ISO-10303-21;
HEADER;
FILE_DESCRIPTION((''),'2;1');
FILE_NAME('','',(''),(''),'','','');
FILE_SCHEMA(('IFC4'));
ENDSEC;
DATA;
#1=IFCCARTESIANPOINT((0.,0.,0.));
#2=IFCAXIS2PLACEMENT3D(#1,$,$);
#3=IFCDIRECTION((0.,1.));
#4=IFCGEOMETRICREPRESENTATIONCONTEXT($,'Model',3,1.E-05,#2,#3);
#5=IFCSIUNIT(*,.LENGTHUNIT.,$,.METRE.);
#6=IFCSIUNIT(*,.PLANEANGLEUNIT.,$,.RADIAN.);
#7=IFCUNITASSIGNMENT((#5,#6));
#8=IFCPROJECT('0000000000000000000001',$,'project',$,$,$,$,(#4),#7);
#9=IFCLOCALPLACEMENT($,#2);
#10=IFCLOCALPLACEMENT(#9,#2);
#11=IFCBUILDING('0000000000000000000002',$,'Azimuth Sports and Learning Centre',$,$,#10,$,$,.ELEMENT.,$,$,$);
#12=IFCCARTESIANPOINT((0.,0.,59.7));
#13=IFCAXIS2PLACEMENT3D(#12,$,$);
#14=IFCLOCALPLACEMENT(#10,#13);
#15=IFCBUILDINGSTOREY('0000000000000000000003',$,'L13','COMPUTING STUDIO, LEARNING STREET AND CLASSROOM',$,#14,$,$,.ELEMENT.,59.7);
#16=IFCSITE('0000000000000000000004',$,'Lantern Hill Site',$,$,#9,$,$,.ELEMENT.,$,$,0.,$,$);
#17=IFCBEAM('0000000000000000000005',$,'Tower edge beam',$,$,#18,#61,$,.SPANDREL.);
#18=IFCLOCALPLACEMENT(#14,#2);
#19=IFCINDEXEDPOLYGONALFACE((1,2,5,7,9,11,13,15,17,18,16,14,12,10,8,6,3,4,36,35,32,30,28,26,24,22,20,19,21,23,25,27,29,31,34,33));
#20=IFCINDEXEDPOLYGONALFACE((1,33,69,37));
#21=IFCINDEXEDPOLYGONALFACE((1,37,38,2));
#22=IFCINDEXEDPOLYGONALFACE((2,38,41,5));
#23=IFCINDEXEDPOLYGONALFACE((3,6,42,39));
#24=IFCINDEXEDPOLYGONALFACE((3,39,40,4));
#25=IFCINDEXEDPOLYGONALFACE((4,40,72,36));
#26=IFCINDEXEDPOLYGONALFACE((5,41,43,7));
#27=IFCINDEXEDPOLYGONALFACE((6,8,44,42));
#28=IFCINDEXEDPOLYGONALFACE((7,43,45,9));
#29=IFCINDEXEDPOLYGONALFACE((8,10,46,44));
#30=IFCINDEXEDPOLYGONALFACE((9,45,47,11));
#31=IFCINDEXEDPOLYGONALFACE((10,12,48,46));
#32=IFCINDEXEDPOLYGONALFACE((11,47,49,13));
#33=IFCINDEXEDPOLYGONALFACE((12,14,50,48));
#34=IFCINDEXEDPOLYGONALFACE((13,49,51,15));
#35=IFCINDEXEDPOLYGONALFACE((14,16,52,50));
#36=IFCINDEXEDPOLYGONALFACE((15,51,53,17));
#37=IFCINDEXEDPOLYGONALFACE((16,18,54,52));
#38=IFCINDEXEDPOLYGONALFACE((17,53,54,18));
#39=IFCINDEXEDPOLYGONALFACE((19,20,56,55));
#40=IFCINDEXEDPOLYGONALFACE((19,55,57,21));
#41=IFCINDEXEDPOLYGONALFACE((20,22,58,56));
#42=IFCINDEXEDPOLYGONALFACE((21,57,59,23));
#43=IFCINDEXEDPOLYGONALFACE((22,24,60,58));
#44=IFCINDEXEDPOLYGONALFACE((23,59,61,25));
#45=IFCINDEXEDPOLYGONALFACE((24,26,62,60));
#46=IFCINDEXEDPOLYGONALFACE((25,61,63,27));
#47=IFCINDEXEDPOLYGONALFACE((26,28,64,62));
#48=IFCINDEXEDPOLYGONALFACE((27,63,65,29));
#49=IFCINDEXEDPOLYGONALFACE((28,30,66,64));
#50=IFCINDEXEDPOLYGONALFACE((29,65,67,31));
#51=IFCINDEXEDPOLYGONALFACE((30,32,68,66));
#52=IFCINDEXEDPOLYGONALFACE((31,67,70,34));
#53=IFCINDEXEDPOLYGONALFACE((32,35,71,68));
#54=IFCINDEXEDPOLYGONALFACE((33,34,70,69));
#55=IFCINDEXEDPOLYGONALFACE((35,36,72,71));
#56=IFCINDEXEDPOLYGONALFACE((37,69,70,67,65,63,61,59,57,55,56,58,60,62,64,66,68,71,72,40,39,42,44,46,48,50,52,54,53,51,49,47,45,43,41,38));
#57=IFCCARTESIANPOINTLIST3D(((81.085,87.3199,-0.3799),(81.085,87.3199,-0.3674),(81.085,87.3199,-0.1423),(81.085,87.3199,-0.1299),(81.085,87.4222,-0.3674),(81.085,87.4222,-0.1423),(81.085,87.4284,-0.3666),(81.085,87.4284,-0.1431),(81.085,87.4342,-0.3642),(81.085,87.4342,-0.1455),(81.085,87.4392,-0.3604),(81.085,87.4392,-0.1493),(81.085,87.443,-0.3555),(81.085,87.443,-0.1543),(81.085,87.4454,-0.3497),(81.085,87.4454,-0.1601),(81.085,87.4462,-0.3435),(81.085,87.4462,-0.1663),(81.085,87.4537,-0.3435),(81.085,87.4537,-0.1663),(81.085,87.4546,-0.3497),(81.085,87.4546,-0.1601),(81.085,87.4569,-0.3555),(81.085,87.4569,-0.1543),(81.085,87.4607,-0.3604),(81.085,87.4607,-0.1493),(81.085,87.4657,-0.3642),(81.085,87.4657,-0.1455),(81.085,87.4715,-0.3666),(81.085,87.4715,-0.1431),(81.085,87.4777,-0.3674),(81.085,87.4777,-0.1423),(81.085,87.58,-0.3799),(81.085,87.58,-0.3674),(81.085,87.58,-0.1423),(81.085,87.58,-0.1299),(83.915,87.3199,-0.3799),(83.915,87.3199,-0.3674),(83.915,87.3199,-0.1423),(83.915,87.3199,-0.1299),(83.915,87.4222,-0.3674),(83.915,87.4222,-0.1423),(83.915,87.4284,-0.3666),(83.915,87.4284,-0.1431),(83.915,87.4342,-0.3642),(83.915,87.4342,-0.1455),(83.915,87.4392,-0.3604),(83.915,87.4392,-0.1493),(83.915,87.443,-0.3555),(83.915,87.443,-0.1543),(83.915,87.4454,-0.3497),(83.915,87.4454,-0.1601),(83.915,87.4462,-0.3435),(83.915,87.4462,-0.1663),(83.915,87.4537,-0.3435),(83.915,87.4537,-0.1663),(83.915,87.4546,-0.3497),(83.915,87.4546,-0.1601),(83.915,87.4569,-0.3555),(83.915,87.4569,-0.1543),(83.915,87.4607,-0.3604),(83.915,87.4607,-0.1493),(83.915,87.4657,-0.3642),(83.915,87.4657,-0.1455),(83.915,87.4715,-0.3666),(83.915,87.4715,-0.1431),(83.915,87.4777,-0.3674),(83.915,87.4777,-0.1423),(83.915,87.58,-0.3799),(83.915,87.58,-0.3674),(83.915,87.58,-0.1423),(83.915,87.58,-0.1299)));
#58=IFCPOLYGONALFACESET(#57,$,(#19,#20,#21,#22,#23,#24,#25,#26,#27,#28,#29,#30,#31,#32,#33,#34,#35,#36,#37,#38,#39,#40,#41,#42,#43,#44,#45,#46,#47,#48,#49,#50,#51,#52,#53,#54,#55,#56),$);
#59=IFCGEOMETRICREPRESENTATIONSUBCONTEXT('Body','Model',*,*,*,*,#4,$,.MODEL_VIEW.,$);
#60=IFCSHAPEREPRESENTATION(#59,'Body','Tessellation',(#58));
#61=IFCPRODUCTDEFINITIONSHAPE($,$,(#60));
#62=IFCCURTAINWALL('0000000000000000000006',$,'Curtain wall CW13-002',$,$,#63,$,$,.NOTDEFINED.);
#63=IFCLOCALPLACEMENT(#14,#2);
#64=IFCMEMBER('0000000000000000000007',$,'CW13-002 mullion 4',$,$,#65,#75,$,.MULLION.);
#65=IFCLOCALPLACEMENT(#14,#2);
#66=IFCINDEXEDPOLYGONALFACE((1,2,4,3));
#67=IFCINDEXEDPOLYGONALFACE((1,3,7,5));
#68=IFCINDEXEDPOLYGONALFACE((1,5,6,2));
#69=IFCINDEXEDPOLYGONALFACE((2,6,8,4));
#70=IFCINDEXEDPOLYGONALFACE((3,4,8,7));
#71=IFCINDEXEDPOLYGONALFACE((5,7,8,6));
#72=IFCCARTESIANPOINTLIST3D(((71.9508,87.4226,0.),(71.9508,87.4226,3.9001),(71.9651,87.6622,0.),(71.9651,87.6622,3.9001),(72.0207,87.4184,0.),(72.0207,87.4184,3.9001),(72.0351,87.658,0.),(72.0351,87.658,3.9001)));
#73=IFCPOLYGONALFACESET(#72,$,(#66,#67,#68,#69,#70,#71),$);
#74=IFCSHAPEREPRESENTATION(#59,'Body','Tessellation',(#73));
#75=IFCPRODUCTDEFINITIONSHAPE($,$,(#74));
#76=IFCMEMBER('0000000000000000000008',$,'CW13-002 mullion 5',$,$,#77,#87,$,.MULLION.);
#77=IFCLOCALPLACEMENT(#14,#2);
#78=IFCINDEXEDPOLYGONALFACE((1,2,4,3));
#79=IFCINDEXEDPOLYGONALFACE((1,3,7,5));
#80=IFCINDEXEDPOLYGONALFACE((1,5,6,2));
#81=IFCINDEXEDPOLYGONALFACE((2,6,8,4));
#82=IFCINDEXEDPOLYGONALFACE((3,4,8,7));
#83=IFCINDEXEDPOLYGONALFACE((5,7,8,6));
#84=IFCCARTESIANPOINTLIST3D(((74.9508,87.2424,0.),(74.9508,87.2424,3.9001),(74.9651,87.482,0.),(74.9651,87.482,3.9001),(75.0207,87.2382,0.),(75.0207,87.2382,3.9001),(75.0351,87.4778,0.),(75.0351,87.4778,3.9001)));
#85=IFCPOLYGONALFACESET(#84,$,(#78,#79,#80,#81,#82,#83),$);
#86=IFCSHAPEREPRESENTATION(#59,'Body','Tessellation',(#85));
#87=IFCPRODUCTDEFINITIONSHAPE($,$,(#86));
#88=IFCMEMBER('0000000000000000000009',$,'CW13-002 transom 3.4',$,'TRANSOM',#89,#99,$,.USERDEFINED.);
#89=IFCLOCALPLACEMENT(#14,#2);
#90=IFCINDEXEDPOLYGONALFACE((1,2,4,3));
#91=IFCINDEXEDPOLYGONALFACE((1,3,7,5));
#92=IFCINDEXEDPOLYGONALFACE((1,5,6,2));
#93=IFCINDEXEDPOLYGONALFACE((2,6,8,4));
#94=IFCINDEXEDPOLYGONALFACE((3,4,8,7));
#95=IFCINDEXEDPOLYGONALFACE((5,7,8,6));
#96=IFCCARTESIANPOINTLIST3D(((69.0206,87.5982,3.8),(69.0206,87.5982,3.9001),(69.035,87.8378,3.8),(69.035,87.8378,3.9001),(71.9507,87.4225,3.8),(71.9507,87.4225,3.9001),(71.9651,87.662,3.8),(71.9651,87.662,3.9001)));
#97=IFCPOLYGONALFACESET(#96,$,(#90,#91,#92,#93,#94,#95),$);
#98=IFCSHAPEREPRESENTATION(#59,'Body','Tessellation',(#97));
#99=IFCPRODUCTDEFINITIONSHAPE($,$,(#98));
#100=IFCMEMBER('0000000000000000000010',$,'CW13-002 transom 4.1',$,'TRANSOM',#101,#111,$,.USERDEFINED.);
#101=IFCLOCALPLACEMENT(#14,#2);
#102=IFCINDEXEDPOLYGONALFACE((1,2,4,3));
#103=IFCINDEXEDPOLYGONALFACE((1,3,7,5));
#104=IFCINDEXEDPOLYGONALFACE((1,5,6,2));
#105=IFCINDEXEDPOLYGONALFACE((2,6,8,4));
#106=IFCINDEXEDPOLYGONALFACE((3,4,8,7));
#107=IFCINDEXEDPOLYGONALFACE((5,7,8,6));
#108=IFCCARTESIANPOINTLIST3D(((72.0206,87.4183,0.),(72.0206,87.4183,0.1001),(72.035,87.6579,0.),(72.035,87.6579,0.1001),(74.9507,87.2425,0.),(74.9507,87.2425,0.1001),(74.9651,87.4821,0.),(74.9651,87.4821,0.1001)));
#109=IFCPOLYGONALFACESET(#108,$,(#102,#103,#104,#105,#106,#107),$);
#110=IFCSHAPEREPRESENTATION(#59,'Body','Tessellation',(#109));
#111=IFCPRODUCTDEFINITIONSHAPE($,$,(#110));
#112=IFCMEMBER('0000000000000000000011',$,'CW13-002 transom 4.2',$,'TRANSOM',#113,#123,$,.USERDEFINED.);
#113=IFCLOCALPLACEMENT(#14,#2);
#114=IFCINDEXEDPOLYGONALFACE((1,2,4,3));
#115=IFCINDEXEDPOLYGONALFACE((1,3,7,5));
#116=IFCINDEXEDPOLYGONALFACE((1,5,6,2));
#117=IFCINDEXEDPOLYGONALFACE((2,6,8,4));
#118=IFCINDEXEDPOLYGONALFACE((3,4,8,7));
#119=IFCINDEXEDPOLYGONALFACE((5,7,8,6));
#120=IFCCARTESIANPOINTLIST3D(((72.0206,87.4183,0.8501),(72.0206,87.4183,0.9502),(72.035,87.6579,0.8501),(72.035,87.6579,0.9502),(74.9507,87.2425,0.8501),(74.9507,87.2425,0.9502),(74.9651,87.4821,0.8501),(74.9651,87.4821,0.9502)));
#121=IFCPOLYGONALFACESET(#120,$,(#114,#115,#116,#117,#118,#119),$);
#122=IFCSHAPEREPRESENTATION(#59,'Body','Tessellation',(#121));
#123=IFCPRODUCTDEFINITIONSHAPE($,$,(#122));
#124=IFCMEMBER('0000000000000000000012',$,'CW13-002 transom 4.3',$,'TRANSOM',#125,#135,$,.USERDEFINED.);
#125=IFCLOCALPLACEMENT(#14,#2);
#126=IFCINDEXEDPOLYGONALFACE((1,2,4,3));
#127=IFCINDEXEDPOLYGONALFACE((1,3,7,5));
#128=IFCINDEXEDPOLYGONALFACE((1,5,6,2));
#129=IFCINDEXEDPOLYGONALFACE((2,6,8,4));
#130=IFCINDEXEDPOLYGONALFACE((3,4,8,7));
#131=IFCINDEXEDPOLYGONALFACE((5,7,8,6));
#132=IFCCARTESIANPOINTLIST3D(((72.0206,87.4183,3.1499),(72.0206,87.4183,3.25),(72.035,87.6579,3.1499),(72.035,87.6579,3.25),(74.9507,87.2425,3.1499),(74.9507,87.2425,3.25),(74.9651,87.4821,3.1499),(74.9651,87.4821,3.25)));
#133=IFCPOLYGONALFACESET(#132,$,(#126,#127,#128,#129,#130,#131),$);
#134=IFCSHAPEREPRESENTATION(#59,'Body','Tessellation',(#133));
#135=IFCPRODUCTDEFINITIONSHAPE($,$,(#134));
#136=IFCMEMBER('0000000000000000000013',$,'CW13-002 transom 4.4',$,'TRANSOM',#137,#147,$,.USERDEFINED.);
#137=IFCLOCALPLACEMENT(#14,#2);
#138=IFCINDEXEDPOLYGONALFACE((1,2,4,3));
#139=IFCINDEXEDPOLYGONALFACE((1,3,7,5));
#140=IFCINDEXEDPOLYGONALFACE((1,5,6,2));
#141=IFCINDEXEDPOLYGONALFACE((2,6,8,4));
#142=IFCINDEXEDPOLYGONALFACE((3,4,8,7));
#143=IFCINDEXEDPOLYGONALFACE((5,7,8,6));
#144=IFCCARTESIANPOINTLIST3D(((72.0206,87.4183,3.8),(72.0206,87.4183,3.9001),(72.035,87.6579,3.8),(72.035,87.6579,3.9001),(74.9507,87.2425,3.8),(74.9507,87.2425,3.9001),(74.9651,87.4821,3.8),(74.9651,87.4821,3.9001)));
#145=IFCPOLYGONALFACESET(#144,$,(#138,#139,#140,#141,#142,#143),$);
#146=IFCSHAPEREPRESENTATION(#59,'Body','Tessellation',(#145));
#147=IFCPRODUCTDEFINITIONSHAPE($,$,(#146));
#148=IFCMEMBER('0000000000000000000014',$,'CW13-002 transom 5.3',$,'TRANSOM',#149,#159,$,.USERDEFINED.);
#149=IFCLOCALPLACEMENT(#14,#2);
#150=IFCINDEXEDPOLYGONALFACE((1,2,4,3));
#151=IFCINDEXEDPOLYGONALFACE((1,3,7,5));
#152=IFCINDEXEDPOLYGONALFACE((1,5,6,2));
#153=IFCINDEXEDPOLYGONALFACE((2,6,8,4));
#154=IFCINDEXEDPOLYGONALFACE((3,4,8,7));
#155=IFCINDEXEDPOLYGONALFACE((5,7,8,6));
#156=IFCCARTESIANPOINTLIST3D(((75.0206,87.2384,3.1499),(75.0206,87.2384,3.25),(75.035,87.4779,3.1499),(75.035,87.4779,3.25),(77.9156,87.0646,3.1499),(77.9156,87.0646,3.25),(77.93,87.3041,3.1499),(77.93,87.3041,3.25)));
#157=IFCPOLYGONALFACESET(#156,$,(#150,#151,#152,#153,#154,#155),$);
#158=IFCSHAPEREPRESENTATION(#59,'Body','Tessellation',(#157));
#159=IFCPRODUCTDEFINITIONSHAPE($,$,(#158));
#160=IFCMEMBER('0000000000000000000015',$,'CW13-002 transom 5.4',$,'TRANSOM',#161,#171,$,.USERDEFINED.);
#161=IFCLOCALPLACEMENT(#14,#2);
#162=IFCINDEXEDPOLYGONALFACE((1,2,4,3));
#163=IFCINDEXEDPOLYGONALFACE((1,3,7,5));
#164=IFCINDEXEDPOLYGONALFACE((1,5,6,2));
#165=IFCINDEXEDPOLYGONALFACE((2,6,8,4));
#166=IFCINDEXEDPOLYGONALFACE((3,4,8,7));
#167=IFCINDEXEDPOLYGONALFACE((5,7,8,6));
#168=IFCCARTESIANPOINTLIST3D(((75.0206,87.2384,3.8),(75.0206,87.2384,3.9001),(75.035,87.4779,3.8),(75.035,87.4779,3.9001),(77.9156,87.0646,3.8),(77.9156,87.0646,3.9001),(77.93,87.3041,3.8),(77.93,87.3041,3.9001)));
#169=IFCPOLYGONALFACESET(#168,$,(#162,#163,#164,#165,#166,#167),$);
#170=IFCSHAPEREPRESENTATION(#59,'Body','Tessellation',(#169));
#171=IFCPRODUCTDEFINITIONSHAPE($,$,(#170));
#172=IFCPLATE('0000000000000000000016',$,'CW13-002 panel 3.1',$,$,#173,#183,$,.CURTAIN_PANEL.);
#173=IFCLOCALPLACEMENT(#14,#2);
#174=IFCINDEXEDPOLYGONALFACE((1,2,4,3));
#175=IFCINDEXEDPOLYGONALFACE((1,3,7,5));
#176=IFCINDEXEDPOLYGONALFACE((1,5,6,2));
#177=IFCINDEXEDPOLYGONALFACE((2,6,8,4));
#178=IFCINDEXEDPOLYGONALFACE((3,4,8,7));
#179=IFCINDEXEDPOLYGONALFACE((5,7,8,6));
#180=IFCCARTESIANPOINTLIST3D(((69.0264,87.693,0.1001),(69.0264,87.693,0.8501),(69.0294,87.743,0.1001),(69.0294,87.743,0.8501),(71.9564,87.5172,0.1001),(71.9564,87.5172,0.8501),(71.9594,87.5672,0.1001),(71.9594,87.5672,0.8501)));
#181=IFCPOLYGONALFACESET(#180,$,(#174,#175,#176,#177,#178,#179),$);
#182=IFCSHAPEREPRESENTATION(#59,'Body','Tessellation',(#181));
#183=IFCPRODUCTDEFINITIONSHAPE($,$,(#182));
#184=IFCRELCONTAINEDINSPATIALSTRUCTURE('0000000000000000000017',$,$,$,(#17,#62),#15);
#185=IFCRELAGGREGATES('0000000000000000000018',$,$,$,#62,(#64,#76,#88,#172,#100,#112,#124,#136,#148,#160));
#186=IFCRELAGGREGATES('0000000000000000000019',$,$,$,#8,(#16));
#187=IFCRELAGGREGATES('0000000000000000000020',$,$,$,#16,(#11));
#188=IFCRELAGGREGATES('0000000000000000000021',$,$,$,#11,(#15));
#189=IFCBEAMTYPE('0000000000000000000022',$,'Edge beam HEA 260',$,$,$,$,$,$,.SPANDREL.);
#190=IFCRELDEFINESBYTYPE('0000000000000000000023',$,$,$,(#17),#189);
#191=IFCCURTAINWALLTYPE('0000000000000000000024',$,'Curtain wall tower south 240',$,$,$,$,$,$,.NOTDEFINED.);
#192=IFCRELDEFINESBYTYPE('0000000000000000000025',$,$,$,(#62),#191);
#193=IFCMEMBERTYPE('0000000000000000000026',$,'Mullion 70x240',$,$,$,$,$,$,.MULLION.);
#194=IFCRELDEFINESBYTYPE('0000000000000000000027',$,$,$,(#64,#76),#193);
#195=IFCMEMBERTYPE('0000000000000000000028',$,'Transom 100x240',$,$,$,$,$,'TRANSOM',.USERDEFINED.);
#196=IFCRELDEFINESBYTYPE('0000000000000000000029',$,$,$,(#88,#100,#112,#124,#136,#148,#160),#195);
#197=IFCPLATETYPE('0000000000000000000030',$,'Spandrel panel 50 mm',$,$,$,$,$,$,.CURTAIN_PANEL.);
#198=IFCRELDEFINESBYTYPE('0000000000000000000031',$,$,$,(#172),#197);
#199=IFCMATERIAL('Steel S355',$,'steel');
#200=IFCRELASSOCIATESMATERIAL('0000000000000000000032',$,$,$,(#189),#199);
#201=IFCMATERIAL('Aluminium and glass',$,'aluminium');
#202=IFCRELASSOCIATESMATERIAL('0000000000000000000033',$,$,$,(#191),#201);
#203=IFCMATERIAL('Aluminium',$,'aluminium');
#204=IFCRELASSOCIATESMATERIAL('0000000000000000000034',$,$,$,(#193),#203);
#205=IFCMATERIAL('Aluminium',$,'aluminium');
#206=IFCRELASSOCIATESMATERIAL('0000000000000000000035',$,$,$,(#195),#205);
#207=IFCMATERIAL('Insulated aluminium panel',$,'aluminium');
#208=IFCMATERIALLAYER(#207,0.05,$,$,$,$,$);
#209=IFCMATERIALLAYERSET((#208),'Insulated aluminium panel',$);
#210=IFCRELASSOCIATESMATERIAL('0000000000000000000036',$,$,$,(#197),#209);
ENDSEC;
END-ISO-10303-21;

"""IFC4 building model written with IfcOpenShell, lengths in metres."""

from ifc_helpers import new_model, si_unit, direction, frame, origin, origin_2d, place, context, subcontext, project, spatial, rectangle, i_section, extrude, material, layer, layer_set, material_profile, profile_set, type_object, element, aggregate, save


model = new_model("IFC4")

# Units and contexts
model_context = context("Model", 3, precision=1e-05, world=origin(), true_north=direction((0.0, 1.0)))
body_context = subcontext(model_context, "Body", "Model", "MODEL_VIEW")
ifc_project = project(units=[si_unit("LENGTHUNIT", "METRE"), si_unit("PLANEANGLEUNIT", "RADIAN")], contexts=[model_context])

# Site, building, storey
site_placement = place(None, origin())
site = spatial("IfcSite", under=ifc_project, at=site_placement, Name="Lantern Hill Site", CompositionType="ELEMENT", RefElevation=0.0)
building_placement = place(site_placement, origin())
building = spatial("IfcBuilding", under=site, at=building_placement, Name="Azimuth Sports and Learning Centre", CompositionType="ELEMENT")
storey_placement = place(building_placement, frame((0.0, 0.0, 59.7)))
storey = spatial("IfcBuildingStorey", under=building, at=storey_placement, Name="L13", Description="COMPUTING STUDIO, LEARNING STREET AND CLASSROOM", CompositionType="ELEMENT", Elevation=59.7)

# Beam
ifc_material_1 = material(Name="Steel S355", Category="steel")
ifc_material_profile_1 = material_profile(ifc_material_1, i_section(OverallWidth=0.26, OverallDepth=0.25, WebThickness=0.0076, FlangeThickness=0.0125, FilletRadius=0.0239, at=origin_2d()), Name="HEA 260")
ifc_profile_set_1 = profile_set([ifc_material_profile_1], Name="Steel S355")
beam_type = type_object("IfcBeamType", Name="Edge beam HEA 260", PredefinedType="SPANDREL", material=ifc_profile_set_1)
for number, where, z_axis, x_axis, name in (
    (1, (81.085, 87.45, -0.2549), (1.0, 0.0, 0.0), (0.0, 1.0, 0.0), "Tower edge beam"),
):
    element("IfcBeam", number, at=place(storey_placement, frame(where, z_axis=z_axis, x_axis=x_axis)), inside=storey, type_object=beam_type, Name=name, PredefinedType="SPANDREL", context=body_context, shape_type="SweptSolid", body=[
        extrude(i_section(OverallWidth=0.26, OverallDepth=0.25, WebThickness=0.0076, FlangeThickness=0.0125, FilletRadius=0.0239, at=origin_2d()), origin(), (0.0, 0.0, 1.0), 2.8301),
    ])

# Curtain wall, members, plate
ifc_material_2 = material(Name="Aluminium and glass", Category="aluminium")
curtain_wall_type = type_object("IfcCurtainWallType", Name="Curtain wall tower south 240", PredefinedType="NOTDEFINED", material=ifc_material_2)
curtain_wall_placement = place(storey_placement, origin())
curtain_wall = element("IfcCurtainWall", 2, at=curtain_wall_placement, inside=storey, type_object=curtain_wall_type, Name="Curtain wall CW13-002", PredefinedType="NOTDEFINED")
ifc_material_3 = material(Name="Aluminium", Category="aluminium")
ifc_material_profile_2 = material_profile(ifc_material_3, rectangle(XDim=0.24, YDim=0.0701, at=origin_2d()), Name="Mullion 70x240")
ifc_profile_set_2 = profile_set([ifc_material_profile_2], Name="Aluminium")
member_type_1 = type_object("IfcMemberType", Name="Mullion 70x240", PredefinedType="MULLION", material=ifc_profile_set_2)
member_1_placement = place(storey_placement, frame((71.9929, 87.5403, 0.0), z_axis=(0.0, 0.0, 1.0), x_axis=(0.059892, 0.998205, 0.0)))
member_1 = element("IfcMember", 3, at=member_1_placement, type_object=member_type_1, Name="CW13-002 mullion 4", PredefinedType="MULLION", context=body_context, shape_type="SweptSolid", body=[
    extrude(rectangle(XDim=0.24, YDim=0.0701, at=origin_2d()), origin(), (0.0, 0.0, 1.0), 3.9001),
])
member_2_placement = place(storey_placement, frame((74.9929, 87.3601, 0.0), z_axis=(0.0, 0.0, 1.0), x_axis=(0.059892, 0.998205, 0.0)))
member_2 = element("IfcMember", 4, at=member_2_placement, type_object=member_type_1, Name="CW13-002 mullion 5", PredefinedType="MULLION", context=body_context, shape_type="SweptSolid", body=[
    extrude(rectangle(XDim=0.24, YDim=0.0701, at=origin_2d()), origin(), (0.0, 0.0, 1.0), 3.9001),
])
ifc_material_4 = material(Name="Aluminium", Category="aluminium")
ifc_material_profile_3 = material_profile(ifc_material_4, rectangle(XDim=0.24, YDim=0.1001, at=origin_2d()), Name="Transom 100x240")
ifc_profile_set_3 = profile_set([ifc_material_profile_3], Name="Aluminium")
member_type_2 = type_object("IfcMemberType", Name="Transom 100x240", ElementType="TRANSOM", PredefinedType="USERDEFINED", material=ifc_profile_set_3)
member_3_placement = place(storey_placement, frame((69.0278, 87.718, 3.8501), z_axis=(0.998205, -0.059887, 0.0), x_axis=(0.059887, 0.998205, 0.0)))
member_3 = element("IfcMember", 5, at=member_3_placement, type_object=member_type_2, Name="CW13-002 transom 3.4", ObjectType="TRANSOM", PredefinedType="USERDEFINED", context=body_context, shape_type="SweptSolid", body=[
    extrude(rectangle(XDim=0.24, YDim=0.1001, at=origin_2d()), origin(), (0.0, 0.0, 1.0), 2.9353),
])
member_4_placement = place(storey_placement, frame((72.0278, 87.5381, 0.05), z_axis=(0.998205, -0.059887, 0.0), x_axis=(0.059887, 0.998205, 0.0)))
member_4 = element("IfcMember", 6, at=member_4_placement, type_object=member_type_2, Name="CW13-002 transom 4.1", ObjectType="TRANSOM", PredefinedType="USERDEFINED", context=body_context, shape_type="SweptSolid", body=[
    extrude(rectangle(XDim=0.24, YDim=0.1001, at=origin_2d()), origin(), (0.0, 0.0, 1.0), 2.9353),
])
member_5_placement = place(storey_placement, frame((72.0278, 87.5381, 0.9001), z_axis=(0.998205, -0.059887, 0.0), x_axis=(0.059887, 0.998205, 0.0)))
member_5 = element("IfcMember", 7, at=member_5_placement, type_object=member_type_2, Name="CW13-002 transom 4.2", ObjectType="TRANSOM", PredefinedType="USERDEFINED", context=body_context, shape_type="SweptSolid", body=[
    extrude(rectangle(XDim=0.24, YDim=0.1001, at=origin_2d()), origin(), (0.0, 0.0, 1.0), 2.9353),
])
member_6_placement = place(storey_placement, frame((72.0278, 87.5381, 3.2), z_axis=(0.998205, -0.059887, 0.0), x_axis=(0.059887, 0.998205, 0.0)))
member_6 = element("IfcMember", 8, at=member_6_placement, type_object=member_type_2, Name="CW13-002 transom 4.3", ObjectType="TRANSOM", PredefinedType="USERDEFINED", context=body_context, shape_type="SweptSolid", body=[
    extrude(rectangle(XDim=0.24, YDim=0.1001, at=origin_2d()), origin(), (0.0, 0.0, 1.0), 2.9353),
])
member_7_placement = place(storey_placement, frame((72.0278, 87.5381, 3.8501), z_axis=(0.998205, -0.059887, 0.0), x_axis=(0.059887, 0.998205, 0.0)))
member_7 = element("IfcMember", 9, at=member_7_placement, type_object=member_type_2, Name="CW13-002 transom 4.4", ObjectType="TRANSOM", PredefinedType="USERDEFINED", context=body_context, shape_type="SweptSolid", body=[
    extrude(rectangle(XDim=0.24, YDim=0.1001, at=origin_2d()), origin(), (0.0, 0.0, 1.0), 2.9353),
])
member_8_placement = place(storey_placement, frame((75.0278, 87.3582, 3.2), z_axis=(0.998202, -0.059936, 0.0), x_axis=(0.059936, 0.998202, 0.0)))
member_8 = element("IfcMember", 10, at=member_8_placement, type_object=member_type_2, Name="CW13-002 transom 5.3", ObjectType="TRANSOM", PredefinedType="USERDEFINED", context=body_context, shape_type="SweptSolid", body=[
    extrude(rectangle(XDim=0.24, YDim=0.1001, at=origin_2d()), origin(), (0.0, 0.0, 1.0), 2.9001),
])
member_9_placement = place(storey_placement, frame((75.0278, 87.3582, 3.8501), z_axis=(0.998202, -0.059936, 0.0), x_axis=(0.059936, 0.998202, 0.0)))
member_9 = element("IfcMember", 11, at=member_9_placement, type_object=member_type_2, Name="CW13-002 transom 5.4", ObjectType="TRANSOM", PredefinedType="USERDEFINED", context=body_context, shape_type="SweptSolid", body=[
    extrude(rectangle(XDim=0.24, YDim=0.1001, at=origin_2d()), origin(), (0.0, 0.0, 1.0), 2.9001),
])
ifc_material_5 = material(Name="Insulated aluminium panel", Category="aluminium")
ifc_layer_1 = layer(ifc_material_5, 0.05)
ifc_layer_set_1 = layer_set([ifc_layer_1], Name="Insulated aluminium panel")
plate_type_1 = type_object("IfcPlateType", Name="Spandrel panel 50 mm", PredefinedType="CURTAIN_PANEL", material=ifc_layer_set_1)
plate_1_placement = place(storey_placement, frame((70.4929, 87.6301, 0.1001), z_axis=(0.0, 0.0, 1.0), x_axis=(0.998205, -0.059892, 0.0)))
plate_1 = element("IfcPlate", 12, at=plate_1_placement, type_object=plate_type_1, Name="CW13-002 panel 3.1", PredefinedType="CURTAIN_PANEL", context=body_context, shape_type="SweptSolid", body=[
    extrude(rectangle(XDim=2.9353, YDim=0.05, at=origin_2d()), origin(), (0.0, 0.0, 1.0), 0.75),
])
aggregate(curtain_wall, [member_1, member_2, member_3, plate_1, member_4, member_5, member_6, member_7, member_8, member_9])

save(model, "model.ifc")
